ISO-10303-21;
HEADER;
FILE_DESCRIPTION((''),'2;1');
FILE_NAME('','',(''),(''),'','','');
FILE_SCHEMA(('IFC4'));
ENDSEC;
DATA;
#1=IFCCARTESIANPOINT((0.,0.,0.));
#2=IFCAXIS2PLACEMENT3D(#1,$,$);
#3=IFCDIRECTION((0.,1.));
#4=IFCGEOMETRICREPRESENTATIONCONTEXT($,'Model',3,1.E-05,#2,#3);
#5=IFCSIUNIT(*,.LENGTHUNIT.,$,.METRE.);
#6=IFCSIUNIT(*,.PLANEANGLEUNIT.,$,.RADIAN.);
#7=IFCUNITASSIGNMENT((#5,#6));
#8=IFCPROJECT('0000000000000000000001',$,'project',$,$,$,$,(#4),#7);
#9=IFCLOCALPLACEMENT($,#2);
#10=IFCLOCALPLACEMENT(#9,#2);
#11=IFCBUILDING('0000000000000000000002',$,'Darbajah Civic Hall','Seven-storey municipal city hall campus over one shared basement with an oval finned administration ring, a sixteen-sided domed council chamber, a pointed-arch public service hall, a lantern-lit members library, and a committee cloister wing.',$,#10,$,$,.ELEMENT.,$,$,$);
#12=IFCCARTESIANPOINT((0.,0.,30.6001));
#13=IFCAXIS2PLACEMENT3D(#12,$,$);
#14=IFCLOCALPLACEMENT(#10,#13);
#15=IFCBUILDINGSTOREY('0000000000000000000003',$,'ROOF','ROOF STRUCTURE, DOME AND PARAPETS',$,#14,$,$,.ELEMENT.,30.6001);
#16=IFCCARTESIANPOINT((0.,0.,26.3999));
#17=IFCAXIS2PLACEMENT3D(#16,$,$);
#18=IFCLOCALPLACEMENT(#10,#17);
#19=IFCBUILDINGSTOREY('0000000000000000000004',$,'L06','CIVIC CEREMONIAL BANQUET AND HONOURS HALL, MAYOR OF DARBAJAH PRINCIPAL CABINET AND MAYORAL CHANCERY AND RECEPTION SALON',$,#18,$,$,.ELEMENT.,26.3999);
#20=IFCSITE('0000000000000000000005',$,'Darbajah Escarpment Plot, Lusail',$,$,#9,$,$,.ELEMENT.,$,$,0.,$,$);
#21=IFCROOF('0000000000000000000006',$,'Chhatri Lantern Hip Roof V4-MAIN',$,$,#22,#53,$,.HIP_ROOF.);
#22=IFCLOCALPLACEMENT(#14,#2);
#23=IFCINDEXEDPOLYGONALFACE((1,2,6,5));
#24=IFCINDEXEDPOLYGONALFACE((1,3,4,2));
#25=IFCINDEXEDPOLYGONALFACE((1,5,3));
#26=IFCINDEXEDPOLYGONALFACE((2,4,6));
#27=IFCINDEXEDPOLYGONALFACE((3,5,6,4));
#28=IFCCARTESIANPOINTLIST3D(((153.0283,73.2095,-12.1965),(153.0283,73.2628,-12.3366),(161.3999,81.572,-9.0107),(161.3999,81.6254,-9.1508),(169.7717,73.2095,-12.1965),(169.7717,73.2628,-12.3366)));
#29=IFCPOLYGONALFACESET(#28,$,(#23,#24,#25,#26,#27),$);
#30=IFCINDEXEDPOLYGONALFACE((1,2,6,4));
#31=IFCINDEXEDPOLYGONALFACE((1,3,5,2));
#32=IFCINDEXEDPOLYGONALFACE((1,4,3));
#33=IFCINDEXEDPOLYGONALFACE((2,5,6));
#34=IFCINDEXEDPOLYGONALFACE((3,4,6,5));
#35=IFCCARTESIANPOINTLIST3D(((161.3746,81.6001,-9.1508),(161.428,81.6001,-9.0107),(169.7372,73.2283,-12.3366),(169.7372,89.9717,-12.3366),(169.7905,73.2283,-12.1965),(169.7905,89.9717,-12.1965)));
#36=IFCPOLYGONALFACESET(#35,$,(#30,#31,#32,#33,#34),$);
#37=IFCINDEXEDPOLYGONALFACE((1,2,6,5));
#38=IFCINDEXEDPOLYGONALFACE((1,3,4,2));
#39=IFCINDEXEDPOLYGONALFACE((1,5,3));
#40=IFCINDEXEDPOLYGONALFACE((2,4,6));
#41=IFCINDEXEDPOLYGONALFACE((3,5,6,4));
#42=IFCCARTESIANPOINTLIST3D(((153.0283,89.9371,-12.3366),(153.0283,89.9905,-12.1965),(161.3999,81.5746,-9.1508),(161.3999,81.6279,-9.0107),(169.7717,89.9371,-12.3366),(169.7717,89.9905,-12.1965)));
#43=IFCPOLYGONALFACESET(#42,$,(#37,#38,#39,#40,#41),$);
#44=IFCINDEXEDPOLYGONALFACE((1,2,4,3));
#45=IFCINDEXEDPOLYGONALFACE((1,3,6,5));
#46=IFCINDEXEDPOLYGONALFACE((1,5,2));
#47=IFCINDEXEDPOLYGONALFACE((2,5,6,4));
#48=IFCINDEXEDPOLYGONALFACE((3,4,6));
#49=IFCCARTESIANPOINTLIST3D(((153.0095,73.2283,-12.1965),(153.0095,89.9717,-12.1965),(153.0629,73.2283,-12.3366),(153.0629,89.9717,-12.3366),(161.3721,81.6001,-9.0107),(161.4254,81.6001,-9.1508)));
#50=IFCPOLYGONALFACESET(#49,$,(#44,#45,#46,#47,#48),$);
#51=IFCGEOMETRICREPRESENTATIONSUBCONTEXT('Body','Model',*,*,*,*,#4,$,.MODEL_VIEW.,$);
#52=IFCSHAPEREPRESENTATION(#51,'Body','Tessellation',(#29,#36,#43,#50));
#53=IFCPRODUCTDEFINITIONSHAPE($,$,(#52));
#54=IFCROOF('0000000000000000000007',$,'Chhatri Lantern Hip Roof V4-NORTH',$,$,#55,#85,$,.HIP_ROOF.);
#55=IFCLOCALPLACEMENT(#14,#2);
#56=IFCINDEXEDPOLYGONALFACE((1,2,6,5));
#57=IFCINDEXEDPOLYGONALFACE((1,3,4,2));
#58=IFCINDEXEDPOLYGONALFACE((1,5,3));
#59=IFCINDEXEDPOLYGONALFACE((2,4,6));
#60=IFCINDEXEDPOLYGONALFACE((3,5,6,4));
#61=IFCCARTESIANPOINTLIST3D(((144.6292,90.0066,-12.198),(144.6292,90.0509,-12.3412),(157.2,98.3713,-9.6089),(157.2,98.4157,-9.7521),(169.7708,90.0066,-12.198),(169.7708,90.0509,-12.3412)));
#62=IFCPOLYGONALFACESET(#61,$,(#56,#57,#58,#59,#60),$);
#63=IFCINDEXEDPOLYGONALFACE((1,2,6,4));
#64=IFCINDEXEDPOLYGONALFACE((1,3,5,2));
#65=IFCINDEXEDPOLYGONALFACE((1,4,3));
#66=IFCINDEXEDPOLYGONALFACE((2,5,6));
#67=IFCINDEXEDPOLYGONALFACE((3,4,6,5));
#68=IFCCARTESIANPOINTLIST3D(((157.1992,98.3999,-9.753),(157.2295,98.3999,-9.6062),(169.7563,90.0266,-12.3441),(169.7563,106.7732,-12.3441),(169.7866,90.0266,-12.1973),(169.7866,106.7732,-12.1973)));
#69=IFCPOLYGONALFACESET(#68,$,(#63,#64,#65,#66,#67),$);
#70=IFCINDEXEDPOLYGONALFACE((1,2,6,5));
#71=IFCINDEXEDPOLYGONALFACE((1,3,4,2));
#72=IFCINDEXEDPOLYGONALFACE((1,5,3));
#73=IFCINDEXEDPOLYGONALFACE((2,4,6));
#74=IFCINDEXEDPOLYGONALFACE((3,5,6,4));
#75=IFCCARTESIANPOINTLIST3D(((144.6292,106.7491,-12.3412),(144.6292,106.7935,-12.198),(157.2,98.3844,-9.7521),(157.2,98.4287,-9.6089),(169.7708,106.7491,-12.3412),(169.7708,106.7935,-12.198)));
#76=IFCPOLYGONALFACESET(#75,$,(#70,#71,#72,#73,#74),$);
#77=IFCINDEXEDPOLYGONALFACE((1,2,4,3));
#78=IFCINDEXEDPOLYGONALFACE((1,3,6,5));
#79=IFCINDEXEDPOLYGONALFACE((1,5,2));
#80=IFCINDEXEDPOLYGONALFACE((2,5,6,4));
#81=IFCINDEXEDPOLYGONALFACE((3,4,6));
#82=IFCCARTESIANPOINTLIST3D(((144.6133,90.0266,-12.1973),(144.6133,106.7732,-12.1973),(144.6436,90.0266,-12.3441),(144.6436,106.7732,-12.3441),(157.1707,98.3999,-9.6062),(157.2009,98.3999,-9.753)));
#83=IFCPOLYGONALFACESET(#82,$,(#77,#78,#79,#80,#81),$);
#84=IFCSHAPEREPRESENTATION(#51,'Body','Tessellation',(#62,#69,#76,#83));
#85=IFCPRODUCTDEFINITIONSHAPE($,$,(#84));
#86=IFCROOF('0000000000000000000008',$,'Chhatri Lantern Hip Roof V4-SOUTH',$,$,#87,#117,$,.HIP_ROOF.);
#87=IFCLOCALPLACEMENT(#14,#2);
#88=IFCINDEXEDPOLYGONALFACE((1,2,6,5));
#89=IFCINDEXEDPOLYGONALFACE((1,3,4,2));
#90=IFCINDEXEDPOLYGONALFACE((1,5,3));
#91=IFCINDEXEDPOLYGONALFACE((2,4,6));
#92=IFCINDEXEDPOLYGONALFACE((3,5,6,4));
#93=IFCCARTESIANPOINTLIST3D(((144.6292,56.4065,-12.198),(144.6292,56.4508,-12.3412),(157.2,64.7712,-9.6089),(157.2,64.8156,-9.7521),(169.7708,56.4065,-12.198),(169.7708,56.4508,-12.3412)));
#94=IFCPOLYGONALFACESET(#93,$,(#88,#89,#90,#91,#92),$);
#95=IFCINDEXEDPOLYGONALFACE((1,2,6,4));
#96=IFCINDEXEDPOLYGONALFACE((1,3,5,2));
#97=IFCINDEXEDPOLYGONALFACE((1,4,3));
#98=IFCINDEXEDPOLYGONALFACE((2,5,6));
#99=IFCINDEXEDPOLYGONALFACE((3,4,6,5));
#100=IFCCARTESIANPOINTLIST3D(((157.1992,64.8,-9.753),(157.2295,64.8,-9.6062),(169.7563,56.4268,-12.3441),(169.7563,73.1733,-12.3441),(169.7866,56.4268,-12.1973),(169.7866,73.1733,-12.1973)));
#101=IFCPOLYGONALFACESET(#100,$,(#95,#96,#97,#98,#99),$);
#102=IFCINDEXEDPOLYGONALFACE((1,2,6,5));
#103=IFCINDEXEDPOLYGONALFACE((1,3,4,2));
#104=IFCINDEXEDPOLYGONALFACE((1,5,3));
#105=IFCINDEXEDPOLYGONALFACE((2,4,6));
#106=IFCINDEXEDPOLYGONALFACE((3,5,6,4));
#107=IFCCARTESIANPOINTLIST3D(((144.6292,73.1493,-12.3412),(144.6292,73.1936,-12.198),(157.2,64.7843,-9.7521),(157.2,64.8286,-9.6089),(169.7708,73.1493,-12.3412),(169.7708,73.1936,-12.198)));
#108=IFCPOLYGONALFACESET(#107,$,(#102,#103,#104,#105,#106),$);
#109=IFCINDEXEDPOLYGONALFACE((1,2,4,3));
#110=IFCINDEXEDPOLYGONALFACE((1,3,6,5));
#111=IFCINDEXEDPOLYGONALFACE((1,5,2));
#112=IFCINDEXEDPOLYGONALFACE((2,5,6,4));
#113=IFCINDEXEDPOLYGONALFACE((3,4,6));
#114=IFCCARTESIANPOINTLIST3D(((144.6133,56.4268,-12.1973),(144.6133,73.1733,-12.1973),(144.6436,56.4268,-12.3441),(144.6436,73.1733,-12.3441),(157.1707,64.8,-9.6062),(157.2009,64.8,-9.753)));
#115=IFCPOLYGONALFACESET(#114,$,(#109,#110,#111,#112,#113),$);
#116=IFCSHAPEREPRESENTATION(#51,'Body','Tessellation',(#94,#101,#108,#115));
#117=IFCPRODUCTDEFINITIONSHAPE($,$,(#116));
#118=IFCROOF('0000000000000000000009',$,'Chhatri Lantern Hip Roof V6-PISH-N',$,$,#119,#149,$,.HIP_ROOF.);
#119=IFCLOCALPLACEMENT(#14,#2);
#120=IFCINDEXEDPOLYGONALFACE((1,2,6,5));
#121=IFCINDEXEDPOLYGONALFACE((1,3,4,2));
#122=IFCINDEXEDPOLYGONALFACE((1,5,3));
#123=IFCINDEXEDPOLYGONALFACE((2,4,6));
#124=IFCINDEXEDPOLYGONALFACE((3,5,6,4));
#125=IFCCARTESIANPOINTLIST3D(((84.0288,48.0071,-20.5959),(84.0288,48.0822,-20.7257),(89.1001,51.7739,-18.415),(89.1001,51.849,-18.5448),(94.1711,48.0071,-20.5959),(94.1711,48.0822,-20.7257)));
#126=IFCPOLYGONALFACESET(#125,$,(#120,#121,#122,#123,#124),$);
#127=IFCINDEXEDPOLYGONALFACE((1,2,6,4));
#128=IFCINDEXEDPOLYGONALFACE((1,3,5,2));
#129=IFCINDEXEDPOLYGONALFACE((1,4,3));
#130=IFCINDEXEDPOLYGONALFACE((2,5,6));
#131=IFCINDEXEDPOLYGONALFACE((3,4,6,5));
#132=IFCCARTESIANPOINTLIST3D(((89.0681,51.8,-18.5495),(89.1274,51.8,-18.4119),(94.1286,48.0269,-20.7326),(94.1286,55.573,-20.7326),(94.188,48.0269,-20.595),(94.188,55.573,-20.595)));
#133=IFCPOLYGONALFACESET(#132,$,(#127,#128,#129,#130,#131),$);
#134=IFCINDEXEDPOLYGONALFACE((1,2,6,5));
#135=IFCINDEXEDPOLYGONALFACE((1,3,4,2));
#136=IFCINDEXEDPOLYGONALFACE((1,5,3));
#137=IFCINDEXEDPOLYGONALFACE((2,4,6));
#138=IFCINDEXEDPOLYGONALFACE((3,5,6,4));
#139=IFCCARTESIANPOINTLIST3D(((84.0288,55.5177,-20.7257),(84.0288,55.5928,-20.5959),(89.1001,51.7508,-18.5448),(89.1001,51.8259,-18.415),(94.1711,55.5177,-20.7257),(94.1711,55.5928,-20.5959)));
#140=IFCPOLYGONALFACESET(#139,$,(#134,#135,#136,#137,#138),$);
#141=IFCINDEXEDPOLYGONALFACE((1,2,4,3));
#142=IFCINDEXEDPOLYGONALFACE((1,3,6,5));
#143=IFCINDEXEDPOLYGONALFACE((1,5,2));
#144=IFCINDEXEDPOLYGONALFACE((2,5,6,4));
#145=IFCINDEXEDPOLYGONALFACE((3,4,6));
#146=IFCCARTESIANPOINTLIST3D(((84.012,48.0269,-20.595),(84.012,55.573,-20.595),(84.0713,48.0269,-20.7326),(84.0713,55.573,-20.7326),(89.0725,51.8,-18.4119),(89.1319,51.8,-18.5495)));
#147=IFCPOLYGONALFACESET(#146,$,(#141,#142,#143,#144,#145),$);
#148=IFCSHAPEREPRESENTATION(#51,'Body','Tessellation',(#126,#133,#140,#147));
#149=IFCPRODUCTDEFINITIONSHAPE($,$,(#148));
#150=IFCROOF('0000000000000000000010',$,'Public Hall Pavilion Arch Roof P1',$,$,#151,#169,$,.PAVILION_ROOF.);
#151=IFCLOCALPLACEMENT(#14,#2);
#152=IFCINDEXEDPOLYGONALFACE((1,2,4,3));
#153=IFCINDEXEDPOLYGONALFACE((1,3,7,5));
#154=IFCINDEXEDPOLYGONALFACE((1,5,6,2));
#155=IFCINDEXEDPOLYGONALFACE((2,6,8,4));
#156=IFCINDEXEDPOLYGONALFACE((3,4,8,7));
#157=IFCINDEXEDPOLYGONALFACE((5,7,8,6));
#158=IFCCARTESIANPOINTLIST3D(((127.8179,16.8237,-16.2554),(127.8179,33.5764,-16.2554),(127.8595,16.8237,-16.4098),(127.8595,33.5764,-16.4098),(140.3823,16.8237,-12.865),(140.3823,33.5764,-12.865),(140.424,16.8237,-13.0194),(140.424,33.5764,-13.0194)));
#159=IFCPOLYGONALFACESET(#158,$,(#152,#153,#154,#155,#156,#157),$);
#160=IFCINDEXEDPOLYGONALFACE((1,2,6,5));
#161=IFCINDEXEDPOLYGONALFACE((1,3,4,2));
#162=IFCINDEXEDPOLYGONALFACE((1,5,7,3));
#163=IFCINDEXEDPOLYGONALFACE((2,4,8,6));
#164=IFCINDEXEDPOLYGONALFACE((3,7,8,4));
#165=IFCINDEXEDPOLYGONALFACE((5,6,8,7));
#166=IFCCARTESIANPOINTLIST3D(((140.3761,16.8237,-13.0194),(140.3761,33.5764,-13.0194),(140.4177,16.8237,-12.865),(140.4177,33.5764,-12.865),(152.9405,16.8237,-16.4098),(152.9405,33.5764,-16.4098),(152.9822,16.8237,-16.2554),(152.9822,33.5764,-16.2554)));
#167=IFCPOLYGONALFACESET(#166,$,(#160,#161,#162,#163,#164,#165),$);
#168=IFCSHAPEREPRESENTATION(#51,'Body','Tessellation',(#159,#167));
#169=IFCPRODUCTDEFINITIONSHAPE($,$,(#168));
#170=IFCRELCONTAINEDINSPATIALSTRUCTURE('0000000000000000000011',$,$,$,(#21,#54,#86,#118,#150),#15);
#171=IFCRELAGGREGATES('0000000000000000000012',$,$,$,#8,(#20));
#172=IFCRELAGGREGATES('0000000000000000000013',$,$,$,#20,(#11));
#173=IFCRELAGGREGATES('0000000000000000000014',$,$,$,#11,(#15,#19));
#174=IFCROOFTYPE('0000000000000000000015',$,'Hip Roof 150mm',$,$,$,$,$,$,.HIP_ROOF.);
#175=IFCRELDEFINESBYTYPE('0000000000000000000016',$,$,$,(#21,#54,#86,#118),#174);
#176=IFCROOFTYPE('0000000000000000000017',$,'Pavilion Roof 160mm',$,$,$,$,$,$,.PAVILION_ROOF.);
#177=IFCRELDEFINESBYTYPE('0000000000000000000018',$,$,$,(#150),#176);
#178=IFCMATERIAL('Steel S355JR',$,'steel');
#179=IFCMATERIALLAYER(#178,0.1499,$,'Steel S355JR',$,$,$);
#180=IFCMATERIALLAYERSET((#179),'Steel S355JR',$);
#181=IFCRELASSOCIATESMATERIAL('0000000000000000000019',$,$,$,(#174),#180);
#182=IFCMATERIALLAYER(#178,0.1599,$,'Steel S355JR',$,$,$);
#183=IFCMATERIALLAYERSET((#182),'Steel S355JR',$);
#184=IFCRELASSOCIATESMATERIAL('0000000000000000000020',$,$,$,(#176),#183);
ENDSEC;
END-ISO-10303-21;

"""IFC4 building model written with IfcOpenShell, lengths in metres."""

from ifc_helpers import new_model, si_unit, direction, frame, origin, place, context, subcontext, project, spatial, polyline, outline, extrude, material, layer, layer_set, type_object, element, save


model = new_model("IFC4")

# Units and contexts
model_context = context("Model", 3, precision=1e-05, world=origin(), true_north=direction((0.0, 1.0)))
body_context = subcontext(model_context, "Body", "Model", "MODEL_VIEW")
ifc_project = project(units=[si_unit("LENGTHUNIT", "METRE"), si_unit("PLANEANGLEUNIT", "RADIAN")], contexts=[model_context])

# Site, building, storey
site_placement = place(None, origin())
site = spatial("IfcSite", under=ifc_project, at=site_placement, Name="Darbajah Escarpment Plot, Lusail", CompositionType="ELEMENT", RefElevation=0.0)
building_placement = place(site_placement, origin())
building = spatial("IfcBuilding", under=site, at=building_placement, Name="Darbajah Civic Hall", Description="Seven-storey municipal city hall campus over one shared basement with an oval finned administration ring, a sixteen-sided domed council chamber, a pointed-arch public service hall, a lantern-lit members library, and a committee cloister wing.", CompositionType="ELEMENT")
storey_1_placement = place(building_placement, frame((0.0, 0.0, 30.6001)))
storey_1 = spatial("IfcBuildingStorey", under=building, at=storey_1_placement, Name="ROOF", Description="ROOF STRUCTURE, DOME AND PARAPETS", CompositionType="ELEMENT", Elevation=30.6001)

# Shared definitions
storey_2_placement = place(building_placement, frame((0.0, 0.0, 26.3999)))
storey_2 = spatial("IfcBuildingStorey", under=building, at=storey_2_placement, Name="L06", Description="CIVIC CEREMONIAL BANQUET AND HONOURS HALL, MAYOR OF DARBAJAH PRINCIPAL CABINET AND MAYORAL CHANCERY AND RECEPTION SALON", CompositionType="ELEMENT", Elevation=26.3999)

# Roofs
ifc_material_1 = material(Name="Steel S355JR", Category="steel")
ifc_layer_1 = layer(ifc_material_1, 0.1499, Name="Steel S355JR")
ifc_layer_set_1 = layer_set([ifc_layer_1], Name="Steel S355JR")
roof_type_1 = type_object("IfcRoofType", Name="Hip Roof 150mm", PredefinedType="HIP_ROOF", material=ifc_layer_set_1)
roof_1_placement = place(storey_1_placement, origin())
element("IfcRoof", 1, at=roof_1_placement, inside=storey_1, type_object=roof_type_1, Name="Chhatri Lantern Hip Roof V4-MAIN", PredefinedType="HIP_ROOF", context=body_context, shape_type="SweptSolid", body=[
    extrude(outline(polyline([(0.0, 0.0), (16.7434, 0.0), (8.3716, 8.9488), (0.0, 0.0)])), frame((153.0283, 73.2095, -12.1965), z_axis=(0.0, -0.356001, 0.934486), x_axis=(1.0, 0.0, 0.0)), (0.0, 0.0, -1.0), 0.1499),
    extrude(outline(polyline([(0.0, 0.0), (16.7434, 0.0), (8.3718, 8.9488), (0.0, 0.0)])), frame((169.7905, 73.2283, -12.1965), z_axis=(0.356001, 0.0, 0.934486), x_axis=(0.0, 1.0, 0.0)), (0.0, 0.0, -1.0), 0.1499),
    extrude(outline(polyline([(0.0, 0.0), (16.7434, 0.0), (8.3718, 8.9488), (0.0, 0.0)])), frame((169.7717, 89.9905, -12.1965), z_axis=(0.0, 0.356001, 0.934486), x_axis=(-1.0, 0.0, 0.0)), (0.0, 0.0, -1.0), 0.1499),
    extrude(outline(polyline([(0.0, 0.0), (16.7434, 0.0), (8.3716, 8.9488), (0.0, 0.0)])), frame((153.0095, 89.9717, -12.1965), z_axis=(-0.356001, 0.0, 0.934486), x_axis=(0.0, -1.0, 0.0)), (0.0, 0.0, -1.0), 0.1499),
])
roof_2_placement = place(storey_1_placement, origin())
element("IfcRoof", 2, at=roof_2_placement, inside=storey_1, type_object=roof_type_1, Name="Chhatri Lantern Hip Roof V4-NORTH", PredefinedType="HIP_ROOF", context=body_context, shape_type="SweptSolid", body=[
    extrude(outline(polyline([(0.0, 0.0), (25.1416, 0.0), (12.5708, 8.7563), (0.0, 0.0)])), frame((144.6292, 90.0066, -12.198), z_axis=(0.0, -0.295686, 0.955285), x_axis=(1.0, 0.0, 0.0)), (0.0, 0.0, -1.0), 0.1499),
    extrude(outline(polyline([(0.0, 0.0), (16.7466, 0.0), (8.3733, 12.8217), (0.0, 0.0)])), frame((169.7866, 90.0266, -12.1973), z_axis=(0.202085, 0.0, 0.979368), x_axis=(0.0, 1.0, 0.0)), (0.0, 0.0, -1.0), 0.1499),
    extrude(outline(polyline([(0.0, 0.0), (25.1416, 0.0), (12.5708, 8.7563), (0.0, 0.0)])), frame((169.7708, 106.7935, -12.198), z_axis=(0.0, 0.295686, 0.955285), x_axis=(-1.0, 0.0, 0.0)), (0.0, 0.0, -1.0), 0.1499),
    extrude(outline(polyline([(0.0, 0.0), (16.7466, 0.0), (8.3733, 12.8219), (0.0, 0.0)])), frame((144.6133, 106.7732, -12.1973), z_axis=(-0.202081, 0.0, 0.979369), x_axis=(0.0, -1.0, 0.0)), (0.0, 0.0, -1.0), 0.1499),
])
roof_3_placement = place(storey_1_placement, origin())
element("IfcRoof", 3, at=roof_3_placement, inside=storey_1, type_object=roof_type_1, Name="Chhatri Lantern Hip Roof V4-SOUTH", PredefinedType="HIP_ROOF", context=body_context, shape_type="SweptSolid", body=[
    extrude(outline(polyline([(0.0, 0.0), (25.1416, 0.0), (12.5708, 8.7563), (0.0, 0.0)])), frame((144.6292, 56.4065, -12.198), z_axis=(0.0, -0.295686, 0.955285), x_axis=(1.0, 0.0, 0.0)), (0.0, 0.0, -1.0), 0.1499),
    extrude(outline(polyline([(0.0, 0.0), (16.7466, 0.0), (8.3733, 12.8217), (0.0, 0.0)])), frame((169.7866, 56.4268, -12.1973), z_axis=(0.202085, 0.0, 0.979368), x_axis=(0.0, 1.0, 0.0)), (0.0, 0.0, -1.0), 0.1499),
    extrude(outline(polyline([(0.0, 0.0), (25.1416, 0.0), (12.5708, 8.7565), (0.0, 0.0)])), frame((169.7708, 73.1936, -12.198), z_axis=(0.0, 0.295678, 0.955288), x_axis=(-1.0, 0.0, 0.0)), (0.0, 0.0, -1.0), 0.1499),
    extrude(outline(polyline([(0.0, 0.0), (16.7466, 0.0), (8.3733, 12.8219), (0.0, 0.0)])), frame((144.6133, 73.1733, -12.1973), z_axis=(-0.202081, 0.0, 0.979369), x_axis=(0.0, -1.0, 0.0)), (0.0, 0.0, -1.0), 0.1499),
])
roof_4_placement = place(storey_1_placement, origin())
element("IfcRoof", 4, at=roof_4_placement, inside=storey_1, type_object=roof_type_1, Name="Chhatri Lantern Hip Roof V6-PISH-N", PredefinedType="HIP_ROOF", context=body_context, shape_type="SweptSolid", body=[
    extrude(outline(polyline([(0.0, 0.0), (10.1423, 0.0), (5.0713, 4.3526), (0.0, 0.0)])), frame((84.0288, 48.0071, -20.5959), z_axis=(0.0, -0.501054, 0.865416), x_axis=(1.0, 0.0, 0.0)), (0.0, 0.0, -1.0), 0.1499),
    extrude(outline(polyline([(0.0, 0.0), (7.5461, 0.0), (3.7732, 5.5114), (0.0, 0.0)])), frame((94.188, 48.0269, -20.595), z_axis=(0.39611, 0.0, 0.918203), x_axis=(0.0, 1.0, 0.0)), (0.0, 0.0, -1.0), 0.1499),
    extrude(outline(polyline([(0.0, 0.0), (10.1423, 0.0), (5.071, 4.3526), (0.0, 0.0)])), frame((94.1711, 55.5928, -20.5959), z_axis=(0.0, 0.501054, 0.865416), x_axis=(-1.0, 0.0, 0.0)), (0.0, 0.0, -1.0), 0.1499),
    extrude(outline(polyline([(0.0, 0.0), (7.5461, 0.0), (3.7729, 5.5114), (0.0, 0.0)])), frame((84.012, 55.573, -20.595), z_axis=(-0.39611, 0.0, 0.918203), x_axis=(0.0, -1.0, 0.0)), (0.0, 0.0, -1.0), 0.1499),
])
ifc_layer_2 = layer(ifc_material_1, 0.1599, Name="Steel S355JR")
ifc_layer_set_2 = layer_set([ifc_layer_2], Name="Steel S355JR")
roof_type_2 = type_object("IfcRoofType", Name="Pavilion Roof 160mm", PredefinedType="PAVILION_ROOF", material=ifc_layer_set_2)
roof_5_placement = place(storey_1_placement, origin())
element("IfcRoof", 5, at=roof_5_placement, inside=storey_1, type_object=roof_type_2, Name="Public Hall Pavilion Arch Roof P1", PredefinedType="PAVILION_ROOF", context=body_context, shape_type="SweptSolid", body=[
    extrude(outline(polyline([(0.0, 0.0), (13.0138, 0.0), (13.0138, 16.7527), (0.0, 16.7527), (0.0, 0.0)])), frame((127.8179, 16.8237, -16.2554), z_axis=(-0.260521, 0.0, 0.965468), x_axis=(0.965468, 0.0, 0.260521)), (0.0, 0.0, -1.0), 0.1599),
    extrude(outline(polyline([(0.0, 0.0), (13.0138, 0.0), (13.0138, 16.7527), (0.0, 16.7527), (0.0, 0.0)])), frame((140.4177, 16.8237, -12.865), z_axis=(0.260521, 0.0, 0.965468), x_axis=(0.965468, 0.0, -0.260521)), (0.0, 0.0, -1.0), 0.1599),
])

save(model, "model.ifc")
